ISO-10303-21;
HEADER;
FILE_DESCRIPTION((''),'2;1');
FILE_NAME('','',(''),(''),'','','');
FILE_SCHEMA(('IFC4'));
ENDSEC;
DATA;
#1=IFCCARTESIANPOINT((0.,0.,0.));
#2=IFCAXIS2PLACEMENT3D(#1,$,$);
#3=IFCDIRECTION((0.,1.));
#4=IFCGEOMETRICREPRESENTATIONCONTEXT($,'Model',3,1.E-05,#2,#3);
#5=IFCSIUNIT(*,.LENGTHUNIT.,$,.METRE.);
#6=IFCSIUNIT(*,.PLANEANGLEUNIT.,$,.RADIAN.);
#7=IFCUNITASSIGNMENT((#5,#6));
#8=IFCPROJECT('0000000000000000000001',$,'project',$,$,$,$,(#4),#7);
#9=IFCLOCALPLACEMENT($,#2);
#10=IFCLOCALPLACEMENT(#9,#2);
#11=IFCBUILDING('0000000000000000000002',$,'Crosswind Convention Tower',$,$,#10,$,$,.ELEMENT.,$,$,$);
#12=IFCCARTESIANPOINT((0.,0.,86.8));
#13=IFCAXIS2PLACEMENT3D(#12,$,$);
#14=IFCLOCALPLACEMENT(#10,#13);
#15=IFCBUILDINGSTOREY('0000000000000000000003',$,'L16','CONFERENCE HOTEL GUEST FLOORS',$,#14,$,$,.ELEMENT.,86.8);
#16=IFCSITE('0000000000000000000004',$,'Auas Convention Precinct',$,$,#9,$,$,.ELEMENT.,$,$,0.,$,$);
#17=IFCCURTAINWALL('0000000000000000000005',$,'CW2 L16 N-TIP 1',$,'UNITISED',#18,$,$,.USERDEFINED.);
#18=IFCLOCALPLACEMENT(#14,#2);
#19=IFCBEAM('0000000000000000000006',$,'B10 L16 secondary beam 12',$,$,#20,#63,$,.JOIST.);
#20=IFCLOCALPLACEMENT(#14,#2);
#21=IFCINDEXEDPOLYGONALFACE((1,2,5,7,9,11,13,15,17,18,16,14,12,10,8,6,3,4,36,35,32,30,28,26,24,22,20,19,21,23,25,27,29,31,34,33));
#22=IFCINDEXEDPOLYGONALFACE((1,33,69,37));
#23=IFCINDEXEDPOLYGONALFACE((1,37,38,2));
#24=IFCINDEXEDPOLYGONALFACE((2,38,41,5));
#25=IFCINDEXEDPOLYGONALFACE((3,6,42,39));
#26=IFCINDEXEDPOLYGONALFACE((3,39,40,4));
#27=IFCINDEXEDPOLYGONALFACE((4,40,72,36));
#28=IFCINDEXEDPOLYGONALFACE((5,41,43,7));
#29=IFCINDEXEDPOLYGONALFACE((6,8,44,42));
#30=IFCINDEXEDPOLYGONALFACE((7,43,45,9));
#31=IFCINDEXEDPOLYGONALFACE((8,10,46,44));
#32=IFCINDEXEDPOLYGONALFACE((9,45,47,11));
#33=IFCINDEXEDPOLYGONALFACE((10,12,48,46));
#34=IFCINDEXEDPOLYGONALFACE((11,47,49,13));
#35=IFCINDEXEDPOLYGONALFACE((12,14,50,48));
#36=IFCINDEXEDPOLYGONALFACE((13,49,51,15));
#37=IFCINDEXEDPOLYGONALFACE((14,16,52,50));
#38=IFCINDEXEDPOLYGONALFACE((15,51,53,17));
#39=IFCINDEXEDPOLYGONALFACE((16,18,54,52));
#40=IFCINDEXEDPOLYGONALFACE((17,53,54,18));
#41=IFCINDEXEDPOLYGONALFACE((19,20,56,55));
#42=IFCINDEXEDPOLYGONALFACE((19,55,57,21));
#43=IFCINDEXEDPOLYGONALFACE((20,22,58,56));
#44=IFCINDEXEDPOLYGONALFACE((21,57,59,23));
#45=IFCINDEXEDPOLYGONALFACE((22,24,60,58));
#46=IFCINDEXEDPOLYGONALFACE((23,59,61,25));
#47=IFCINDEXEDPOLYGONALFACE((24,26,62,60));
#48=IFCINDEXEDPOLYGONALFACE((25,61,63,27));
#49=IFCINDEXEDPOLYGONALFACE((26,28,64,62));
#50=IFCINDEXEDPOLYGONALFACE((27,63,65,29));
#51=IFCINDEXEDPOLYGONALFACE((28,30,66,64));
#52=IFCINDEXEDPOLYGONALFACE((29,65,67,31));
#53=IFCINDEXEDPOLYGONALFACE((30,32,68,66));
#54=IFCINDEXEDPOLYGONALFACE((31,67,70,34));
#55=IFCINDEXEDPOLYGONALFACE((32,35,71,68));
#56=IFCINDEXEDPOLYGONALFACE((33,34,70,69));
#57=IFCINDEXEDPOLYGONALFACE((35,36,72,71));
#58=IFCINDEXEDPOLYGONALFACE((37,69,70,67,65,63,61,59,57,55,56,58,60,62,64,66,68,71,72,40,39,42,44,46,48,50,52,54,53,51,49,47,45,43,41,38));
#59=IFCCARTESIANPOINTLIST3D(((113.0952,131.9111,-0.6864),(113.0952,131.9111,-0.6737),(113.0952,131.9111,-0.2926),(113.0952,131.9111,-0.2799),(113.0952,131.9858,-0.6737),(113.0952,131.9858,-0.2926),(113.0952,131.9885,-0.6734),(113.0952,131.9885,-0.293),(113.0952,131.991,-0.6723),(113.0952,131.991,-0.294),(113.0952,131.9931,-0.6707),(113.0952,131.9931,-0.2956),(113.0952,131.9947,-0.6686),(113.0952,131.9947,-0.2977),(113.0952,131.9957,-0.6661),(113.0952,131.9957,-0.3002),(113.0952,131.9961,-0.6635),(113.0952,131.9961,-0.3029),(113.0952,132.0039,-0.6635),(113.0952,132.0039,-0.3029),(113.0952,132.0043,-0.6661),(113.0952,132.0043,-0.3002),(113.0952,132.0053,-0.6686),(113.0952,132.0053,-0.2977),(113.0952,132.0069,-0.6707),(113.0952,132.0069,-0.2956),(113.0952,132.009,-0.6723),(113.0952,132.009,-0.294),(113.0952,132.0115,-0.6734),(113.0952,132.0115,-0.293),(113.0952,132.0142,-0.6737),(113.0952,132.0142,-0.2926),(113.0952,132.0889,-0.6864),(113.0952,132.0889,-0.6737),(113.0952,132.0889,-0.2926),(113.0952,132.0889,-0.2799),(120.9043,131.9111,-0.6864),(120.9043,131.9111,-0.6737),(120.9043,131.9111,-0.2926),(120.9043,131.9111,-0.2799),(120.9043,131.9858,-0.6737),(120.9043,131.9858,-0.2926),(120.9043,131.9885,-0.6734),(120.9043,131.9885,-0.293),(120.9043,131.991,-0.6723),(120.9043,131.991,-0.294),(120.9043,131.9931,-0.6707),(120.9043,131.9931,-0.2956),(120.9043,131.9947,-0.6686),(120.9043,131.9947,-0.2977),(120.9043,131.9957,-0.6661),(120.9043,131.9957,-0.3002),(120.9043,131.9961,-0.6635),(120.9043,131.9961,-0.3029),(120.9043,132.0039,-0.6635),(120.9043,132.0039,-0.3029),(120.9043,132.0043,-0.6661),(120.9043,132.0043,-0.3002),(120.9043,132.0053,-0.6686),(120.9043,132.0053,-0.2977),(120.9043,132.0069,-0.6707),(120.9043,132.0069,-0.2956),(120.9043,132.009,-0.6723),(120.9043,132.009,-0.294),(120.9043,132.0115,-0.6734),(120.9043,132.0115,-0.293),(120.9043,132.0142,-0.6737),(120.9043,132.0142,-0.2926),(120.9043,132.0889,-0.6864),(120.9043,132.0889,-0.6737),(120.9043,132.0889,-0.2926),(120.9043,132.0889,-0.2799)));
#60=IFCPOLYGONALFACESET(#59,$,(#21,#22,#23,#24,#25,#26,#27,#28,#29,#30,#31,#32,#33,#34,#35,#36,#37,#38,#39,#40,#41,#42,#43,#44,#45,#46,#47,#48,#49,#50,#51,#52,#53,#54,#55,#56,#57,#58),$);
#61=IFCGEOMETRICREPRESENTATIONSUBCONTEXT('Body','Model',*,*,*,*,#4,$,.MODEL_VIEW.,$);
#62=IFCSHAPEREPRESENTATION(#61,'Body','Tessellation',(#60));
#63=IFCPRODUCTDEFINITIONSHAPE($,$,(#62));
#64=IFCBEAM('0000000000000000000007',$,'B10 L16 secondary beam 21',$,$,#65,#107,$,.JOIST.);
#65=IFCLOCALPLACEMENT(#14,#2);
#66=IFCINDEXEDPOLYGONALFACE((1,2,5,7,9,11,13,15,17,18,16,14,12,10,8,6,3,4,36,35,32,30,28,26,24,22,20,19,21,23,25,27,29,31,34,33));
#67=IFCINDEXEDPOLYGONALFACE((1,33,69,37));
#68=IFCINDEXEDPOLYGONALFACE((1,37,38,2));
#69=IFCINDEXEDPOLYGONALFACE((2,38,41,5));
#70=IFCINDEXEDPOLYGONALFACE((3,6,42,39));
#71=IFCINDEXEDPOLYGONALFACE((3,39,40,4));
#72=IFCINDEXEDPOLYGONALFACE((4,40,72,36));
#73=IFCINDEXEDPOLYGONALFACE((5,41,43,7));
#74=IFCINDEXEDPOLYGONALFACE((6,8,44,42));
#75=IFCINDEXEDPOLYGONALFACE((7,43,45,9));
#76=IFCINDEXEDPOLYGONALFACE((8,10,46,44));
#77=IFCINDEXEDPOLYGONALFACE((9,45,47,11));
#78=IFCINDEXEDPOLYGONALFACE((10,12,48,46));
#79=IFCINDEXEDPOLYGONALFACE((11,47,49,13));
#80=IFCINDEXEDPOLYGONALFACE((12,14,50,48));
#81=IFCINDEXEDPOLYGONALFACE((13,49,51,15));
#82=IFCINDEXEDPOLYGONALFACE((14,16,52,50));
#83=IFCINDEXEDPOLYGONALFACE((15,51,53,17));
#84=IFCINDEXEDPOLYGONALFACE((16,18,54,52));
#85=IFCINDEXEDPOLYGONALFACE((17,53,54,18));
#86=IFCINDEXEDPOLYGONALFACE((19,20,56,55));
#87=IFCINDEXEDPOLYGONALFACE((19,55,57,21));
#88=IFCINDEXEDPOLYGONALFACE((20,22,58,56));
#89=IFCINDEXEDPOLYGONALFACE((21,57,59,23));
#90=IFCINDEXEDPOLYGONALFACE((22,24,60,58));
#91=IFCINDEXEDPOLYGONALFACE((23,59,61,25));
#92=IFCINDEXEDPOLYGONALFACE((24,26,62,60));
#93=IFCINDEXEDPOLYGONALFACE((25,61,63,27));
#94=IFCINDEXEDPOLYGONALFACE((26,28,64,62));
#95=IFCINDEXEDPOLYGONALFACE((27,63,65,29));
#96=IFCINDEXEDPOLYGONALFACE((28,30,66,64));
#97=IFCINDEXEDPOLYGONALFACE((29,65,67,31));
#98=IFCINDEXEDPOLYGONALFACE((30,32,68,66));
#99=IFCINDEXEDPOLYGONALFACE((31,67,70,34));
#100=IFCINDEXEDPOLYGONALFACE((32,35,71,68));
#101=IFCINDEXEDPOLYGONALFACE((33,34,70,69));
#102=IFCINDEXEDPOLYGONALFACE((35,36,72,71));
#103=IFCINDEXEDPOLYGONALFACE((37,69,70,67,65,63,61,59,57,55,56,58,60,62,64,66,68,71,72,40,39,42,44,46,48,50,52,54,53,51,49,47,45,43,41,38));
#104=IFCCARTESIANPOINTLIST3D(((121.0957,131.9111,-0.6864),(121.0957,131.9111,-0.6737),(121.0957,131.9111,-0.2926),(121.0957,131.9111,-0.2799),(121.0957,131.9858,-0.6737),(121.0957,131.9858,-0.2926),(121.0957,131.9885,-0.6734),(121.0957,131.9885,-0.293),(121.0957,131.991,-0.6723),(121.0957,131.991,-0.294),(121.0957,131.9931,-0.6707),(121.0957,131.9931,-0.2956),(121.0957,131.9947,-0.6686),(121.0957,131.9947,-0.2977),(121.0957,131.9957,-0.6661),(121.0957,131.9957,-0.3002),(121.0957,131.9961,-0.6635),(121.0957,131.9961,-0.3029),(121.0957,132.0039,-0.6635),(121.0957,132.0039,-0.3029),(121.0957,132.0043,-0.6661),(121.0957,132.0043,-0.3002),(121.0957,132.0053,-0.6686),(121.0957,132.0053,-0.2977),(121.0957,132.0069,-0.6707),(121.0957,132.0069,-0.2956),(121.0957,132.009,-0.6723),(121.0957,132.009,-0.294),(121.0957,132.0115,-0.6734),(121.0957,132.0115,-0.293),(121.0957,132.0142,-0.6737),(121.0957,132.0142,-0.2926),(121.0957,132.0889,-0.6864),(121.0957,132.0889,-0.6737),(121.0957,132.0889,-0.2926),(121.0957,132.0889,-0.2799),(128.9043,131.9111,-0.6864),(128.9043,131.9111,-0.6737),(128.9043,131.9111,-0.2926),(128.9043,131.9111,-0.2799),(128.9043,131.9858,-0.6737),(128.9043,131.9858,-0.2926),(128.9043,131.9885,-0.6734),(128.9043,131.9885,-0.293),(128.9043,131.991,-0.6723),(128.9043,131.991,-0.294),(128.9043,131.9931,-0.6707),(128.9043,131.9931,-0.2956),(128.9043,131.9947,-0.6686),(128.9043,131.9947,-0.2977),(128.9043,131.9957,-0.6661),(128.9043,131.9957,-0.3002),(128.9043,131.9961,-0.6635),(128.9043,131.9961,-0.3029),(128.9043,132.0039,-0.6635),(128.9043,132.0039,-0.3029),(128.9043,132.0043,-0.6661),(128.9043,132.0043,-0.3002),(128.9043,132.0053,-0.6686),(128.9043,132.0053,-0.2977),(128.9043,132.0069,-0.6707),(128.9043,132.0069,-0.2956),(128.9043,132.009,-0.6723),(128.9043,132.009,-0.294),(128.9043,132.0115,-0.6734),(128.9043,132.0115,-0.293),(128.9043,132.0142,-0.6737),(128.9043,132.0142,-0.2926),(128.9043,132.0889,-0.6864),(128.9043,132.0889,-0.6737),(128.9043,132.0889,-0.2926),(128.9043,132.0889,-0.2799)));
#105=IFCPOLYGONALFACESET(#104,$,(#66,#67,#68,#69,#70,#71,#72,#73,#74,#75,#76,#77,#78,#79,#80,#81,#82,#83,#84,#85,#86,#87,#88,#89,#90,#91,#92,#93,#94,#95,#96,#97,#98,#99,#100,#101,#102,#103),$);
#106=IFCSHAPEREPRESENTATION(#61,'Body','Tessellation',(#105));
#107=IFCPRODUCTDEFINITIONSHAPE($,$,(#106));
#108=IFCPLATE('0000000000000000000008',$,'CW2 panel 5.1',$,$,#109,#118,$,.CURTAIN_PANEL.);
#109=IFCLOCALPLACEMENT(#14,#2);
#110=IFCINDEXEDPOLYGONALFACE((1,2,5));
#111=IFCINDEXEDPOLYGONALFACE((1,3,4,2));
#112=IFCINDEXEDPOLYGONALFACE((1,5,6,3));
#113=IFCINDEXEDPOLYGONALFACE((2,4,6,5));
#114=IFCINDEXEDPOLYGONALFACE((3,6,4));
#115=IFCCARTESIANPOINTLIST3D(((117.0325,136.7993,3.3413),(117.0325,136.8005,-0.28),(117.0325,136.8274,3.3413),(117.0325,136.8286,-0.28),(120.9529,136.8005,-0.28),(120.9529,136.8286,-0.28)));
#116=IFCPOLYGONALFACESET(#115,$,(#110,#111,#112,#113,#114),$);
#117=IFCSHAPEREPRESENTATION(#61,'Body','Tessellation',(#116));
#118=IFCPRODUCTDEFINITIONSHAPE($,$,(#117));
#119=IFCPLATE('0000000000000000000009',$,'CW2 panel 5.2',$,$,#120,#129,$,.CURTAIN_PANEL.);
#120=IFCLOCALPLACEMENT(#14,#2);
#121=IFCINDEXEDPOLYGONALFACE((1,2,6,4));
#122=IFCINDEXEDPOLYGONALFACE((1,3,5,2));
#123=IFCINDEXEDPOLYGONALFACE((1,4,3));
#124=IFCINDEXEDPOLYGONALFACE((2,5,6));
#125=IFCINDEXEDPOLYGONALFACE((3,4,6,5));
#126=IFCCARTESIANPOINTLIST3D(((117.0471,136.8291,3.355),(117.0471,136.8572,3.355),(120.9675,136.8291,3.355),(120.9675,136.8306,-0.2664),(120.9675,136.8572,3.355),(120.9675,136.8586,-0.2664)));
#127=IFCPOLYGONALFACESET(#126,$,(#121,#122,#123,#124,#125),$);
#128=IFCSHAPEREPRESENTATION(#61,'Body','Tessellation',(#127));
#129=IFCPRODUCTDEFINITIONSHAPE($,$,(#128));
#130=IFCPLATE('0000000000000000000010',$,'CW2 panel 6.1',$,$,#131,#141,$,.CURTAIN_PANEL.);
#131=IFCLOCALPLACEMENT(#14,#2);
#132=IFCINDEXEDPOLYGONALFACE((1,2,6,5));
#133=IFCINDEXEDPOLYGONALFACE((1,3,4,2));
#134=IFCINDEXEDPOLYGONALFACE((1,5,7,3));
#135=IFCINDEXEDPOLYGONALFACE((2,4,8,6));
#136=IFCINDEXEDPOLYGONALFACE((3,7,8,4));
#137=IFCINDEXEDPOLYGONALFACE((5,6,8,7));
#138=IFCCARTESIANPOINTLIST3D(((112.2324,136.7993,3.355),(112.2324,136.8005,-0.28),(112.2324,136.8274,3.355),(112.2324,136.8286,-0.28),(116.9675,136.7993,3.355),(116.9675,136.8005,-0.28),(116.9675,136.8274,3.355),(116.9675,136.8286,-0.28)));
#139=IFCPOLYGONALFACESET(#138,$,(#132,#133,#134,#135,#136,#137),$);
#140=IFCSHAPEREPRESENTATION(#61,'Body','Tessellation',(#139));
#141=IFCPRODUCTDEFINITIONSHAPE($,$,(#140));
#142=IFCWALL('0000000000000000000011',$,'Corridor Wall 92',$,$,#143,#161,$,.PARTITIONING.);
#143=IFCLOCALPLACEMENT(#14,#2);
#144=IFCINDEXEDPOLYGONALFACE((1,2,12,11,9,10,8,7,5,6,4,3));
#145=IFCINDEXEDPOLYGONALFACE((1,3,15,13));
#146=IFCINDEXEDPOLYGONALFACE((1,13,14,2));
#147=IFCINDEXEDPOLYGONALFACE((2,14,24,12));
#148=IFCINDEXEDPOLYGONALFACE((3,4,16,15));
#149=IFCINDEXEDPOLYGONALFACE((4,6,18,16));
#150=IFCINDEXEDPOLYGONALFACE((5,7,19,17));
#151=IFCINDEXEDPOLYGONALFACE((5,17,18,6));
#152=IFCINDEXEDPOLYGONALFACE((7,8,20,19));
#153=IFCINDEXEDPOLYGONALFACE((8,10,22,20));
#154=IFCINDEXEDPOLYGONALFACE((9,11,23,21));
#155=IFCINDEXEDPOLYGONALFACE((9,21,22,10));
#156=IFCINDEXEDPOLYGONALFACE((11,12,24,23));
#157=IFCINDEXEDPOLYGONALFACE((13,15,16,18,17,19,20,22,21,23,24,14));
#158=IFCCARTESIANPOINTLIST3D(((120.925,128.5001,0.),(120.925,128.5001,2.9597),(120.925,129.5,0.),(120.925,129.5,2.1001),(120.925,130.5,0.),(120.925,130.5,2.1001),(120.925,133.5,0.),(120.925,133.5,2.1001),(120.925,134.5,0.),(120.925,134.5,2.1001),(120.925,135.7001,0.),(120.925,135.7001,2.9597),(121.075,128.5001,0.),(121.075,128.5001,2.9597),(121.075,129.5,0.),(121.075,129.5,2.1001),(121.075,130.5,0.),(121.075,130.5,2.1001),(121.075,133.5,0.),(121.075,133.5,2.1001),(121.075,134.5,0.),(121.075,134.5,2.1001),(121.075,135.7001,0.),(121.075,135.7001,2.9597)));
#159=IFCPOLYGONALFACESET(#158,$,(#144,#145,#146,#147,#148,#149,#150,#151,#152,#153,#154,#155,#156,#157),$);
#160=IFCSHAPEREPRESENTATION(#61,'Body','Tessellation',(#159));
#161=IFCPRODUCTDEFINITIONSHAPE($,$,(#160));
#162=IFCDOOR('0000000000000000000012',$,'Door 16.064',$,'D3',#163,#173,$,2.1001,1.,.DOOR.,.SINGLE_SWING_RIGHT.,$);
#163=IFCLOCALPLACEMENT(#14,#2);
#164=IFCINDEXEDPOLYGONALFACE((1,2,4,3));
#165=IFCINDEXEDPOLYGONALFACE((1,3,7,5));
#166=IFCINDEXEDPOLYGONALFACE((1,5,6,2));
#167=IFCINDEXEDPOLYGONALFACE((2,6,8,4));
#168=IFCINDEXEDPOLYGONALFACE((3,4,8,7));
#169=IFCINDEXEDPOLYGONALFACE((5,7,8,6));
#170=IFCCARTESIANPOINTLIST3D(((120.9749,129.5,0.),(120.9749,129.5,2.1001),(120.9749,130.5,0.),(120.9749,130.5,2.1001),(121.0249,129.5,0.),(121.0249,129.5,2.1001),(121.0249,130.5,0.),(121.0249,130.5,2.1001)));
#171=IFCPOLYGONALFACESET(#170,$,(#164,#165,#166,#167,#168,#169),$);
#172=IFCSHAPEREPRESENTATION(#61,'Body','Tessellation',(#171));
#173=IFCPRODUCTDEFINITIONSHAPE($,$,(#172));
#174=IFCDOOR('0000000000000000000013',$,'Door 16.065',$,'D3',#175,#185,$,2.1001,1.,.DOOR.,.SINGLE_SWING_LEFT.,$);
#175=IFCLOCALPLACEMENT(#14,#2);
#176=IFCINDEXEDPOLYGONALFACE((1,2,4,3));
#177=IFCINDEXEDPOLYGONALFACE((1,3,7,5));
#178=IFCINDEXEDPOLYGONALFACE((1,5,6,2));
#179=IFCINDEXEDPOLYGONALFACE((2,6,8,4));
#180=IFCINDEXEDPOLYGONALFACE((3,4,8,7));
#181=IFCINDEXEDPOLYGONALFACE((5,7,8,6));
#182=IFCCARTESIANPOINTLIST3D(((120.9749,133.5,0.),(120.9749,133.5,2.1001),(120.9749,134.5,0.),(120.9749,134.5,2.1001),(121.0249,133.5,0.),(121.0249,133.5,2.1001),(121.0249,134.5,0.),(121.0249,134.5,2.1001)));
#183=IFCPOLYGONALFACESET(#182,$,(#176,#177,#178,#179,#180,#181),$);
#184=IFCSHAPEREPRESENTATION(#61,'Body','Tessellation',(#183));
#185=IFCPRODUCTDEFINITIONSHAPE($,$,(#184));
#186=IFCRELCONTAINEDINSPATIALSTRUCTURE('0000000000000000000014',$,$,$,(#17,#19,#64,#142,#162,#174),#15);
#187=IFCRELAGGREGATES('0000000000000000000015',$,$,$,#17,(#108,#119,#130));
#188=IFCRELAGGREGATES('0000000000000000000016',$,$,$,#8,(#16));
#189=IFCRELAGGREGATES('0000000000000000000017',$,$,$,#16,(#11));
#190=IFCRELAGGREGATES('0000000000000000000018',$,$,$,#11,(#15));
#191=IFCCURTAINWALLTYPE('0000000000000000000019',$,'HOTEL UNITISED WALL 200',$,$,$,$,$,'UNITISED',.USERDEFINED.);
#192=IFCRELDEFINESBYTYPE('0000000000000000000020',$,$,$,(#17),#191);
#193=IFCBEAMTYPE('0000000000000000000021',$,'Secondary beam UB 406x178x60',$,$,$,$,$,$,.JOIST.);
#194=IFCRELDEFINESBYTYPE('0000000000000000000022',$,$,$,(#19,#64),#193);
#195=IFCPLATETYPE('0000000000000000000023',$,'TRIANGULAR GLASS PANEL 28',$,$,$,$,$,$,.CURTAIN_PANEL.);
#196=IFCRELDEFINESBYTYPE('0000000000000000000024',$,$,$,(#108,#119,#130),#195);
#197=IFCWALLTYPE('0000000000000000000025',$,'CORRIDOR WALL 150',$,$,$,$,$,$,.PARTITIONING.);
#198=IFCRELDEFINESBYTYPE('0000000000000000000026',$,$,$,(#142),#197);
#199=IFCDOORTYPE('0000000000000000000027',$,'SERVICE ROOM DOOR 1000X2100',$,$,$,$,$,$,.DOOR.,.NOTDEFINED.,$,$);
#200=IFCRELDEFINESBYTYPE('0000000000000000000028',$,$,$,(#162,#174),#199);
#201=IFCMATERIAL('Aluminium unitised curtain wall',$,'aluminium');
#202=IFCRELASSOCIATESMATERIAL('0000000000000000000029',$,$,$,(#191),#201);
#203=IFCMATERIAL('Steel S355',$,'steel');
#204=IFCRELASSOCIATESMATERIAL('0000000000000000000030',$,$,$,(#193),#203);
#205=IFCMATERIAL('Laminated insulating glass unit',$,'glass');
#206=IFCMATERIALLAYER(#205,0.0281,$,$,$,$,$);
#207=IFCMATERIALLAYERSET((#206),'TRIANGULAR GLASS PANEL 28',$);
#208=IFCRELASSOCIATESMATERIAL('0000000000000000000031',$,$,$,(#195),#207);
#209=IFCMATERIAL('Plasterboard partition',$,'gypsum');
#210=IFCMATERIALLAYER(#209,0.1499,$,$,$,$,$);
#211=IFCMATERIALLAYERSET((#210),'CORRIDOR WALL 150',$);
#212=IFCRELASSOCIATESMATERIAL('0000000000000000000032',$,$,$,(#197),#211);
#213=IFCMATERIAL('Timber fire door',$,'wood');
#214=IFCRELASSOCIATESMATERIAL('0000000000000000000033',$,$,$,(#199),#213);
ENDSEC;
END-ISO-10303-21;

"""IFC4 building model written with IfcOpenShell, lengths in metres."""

from ifc_helpers import new_model, si_unit, direction, frame, frame_2d, origin, origin_2d, place, context, subcontext, project, spatial, polyline, rectangle, i_section, outline, extrude, material, layer, layer_set, material_profile, profile_set, type_object, element, fill, aggregate, save


model = new_model("IFC4")

# Units and contexts
model_context = context("Model", 3, precision=1e-05, world=origin(), true_north=direction((0.0, 1.0)))
body_context = subcontext(model_context, "Body", "Model", "MODEL_VIEW")
ifc_project = project(units=[si_unit("LENGTHUNIT", "METRE"), si_unit("PLANEANGLEUNIT", "RADIAN")], contexts=[model_context])

# Site, building, storey
site_placement = place(None, origin())
site = spatial("IfcSite", under=ifc_project, at=site_placement, Name="Auas Convention Precinct", CompositionType="ELEMENT", RefElevation=0.0)
building_placement = place(site_placement, origin())
building = spatial("IfcBuilding", under=site, at=building_placement, Name="Crosswind Convention Tower", CompositionType="ELEMENT")
storey_placement = place(building_placement, frame((0.0, 0.0, 86.8)))
storey = spatial("IfcBuildingStorey", under=building, at=storey_placement, Name="L16", Description="CONFERENCE HOTEL GUEST FLOORS", CompositionType="ELEMENT", Elevation=86.8)

# Shared definitions
ifc_material_1 = material(Name="Steel S355", Category="steel")

# Curtain wall
ifc_material_2 = material(Name="Aluminium unitised curtain wall", Category="aluminium")
curtain_wall_type = type_object("IfcCurtainWallType", Name="HOTEL UNITISED WALL 200", ElementType="UNITISED", PredefinedType="USERDEFINED", material=ifc_material_2)
curtain_wall_placement = place(storey_placement, origin())
curtain_wall = element("IfcCurtainWall", 1, at=curtain_wall_placement, inside=storey, type_object=curtain_wall_type, Name="CW2 L16 N-TIP 1", ObjectType="UNITISED", PredefinedType="USERDEFINED")

# Beams
ifc_material_profile_1 = material_profile(ifc_material_1, i_section(OverallWidth=0.1777, OverallDepth=0.4065, WebThickness=0.0078, FlangeThickness=0.0127, FilletRadius=0.0103, at=origin_2d()), Name="UB 406x178x60")
ifc_profile_set_1 = profile_set([ifc_material_profile_1], Name="Steel S355")
beam_type_1 = type_object("IfcBeamType", Name="Secondary beam UB 406x178x60", PredefinedType="JOIST", material=ifc_profile_set_1)
beam_1_placement = place(storey_placement, frame((113.0952, 132.0, -0.4832), z_axis=(1.0, 0.0, 0.0), x_axis=(0.0, 1.0, 0.0)))
element("IfcBeam", 2, at=beam_1_placement, inside=storey, type_object=beam_type_1, Name="B10 L16 secondary beam 12", PredefinedType="JOIST", context=body_context, shape_type="SweptSolid", body=[
    extrude(i_section(OverallWidth=0.1777, OverallDepth=0.4065, WebThickness=0.0078, FlangeThickness=0.0127, FilletRadius=0.0103, at=origin_2d()), origin(), (0.0, 0.0, 1.0), 7.8091),
])
beam_2_placement = place(storey_placement, frame((121.0957, 132.0, -0.4832), z_axis=(1.0, 0.0, 0.0), x_axis=(0.0, 1.0, 0.0)))
element("IfcBeam", 3, at=beam_2_placement, inside=storey, type_object=beam_type_1, Name="B10 L16 secondary beam 21", PredefinedType="JOIST", context=body_context, shape_type="SweptSolid", body=[
    extrude(i_section(OverallWidth=0.1777, OverallDepth=0.4065, WebThickness=0.0078, FlangeThickness=0.0127, FilletRadius=0.0103, at=origin_2d()), origin(), (0.0, 0.0, 1.0), 7.8086),
])

# Plates
ifc_material_3 = material(Name="Laminated insulating glass unit", Category="glass")
ifc_layer_1 = layer(ifc_material_3, 0.0281)
ifc_layer_set_1 = layer_set([ifc_layer_1], Name="TRIANGULAR GLASS PANEL 28")
plate_type = type_object("IfcPlateType", Name="TRIANGULAR GLASS PANEL 28", PredefinedType="CURTAIN_PANEL", material=ifc_layer_set_1)
plate_1_placement = place(storey_placement, frame((117.0325, 136.8286, -0.28), z_axis=(0.0, 1.0, 0.000337), x_axis=(0.0, -0.000337, 1.0)))
plate_1 = element("IfcPlate", 4, at=plate_1_placement, type_object=plate_type, Name="CW2 panel 5.1", PredefinedType="CURTAIN_PANEL", context=body_context, shape_type="SweptSolid", body=[
    extrude(outline(polyline([(0.0, 0.0), (3.6213, 0.0), (0.0, 3.9204), (0.0, 0.0)])), origin(), (0.0, 0.0, -1.0), 0.0281),
])
plate_2_placement = place(storey_placement, frame((120.9675, 136.8572, 3.355), z_axis=(0.0, 1.0, 0.000405), x_axis=(0.0, 0.000405, -1.0)))
plate_2 = element("IfcPlate", 5, at=plate_2_placement, type_object=plate_type, Name="CW2 panel 5.2", PredefinedType="CURTAIN_PANEL", context=body_context, shape_type="SweptSolid", body=[
    extrude(outline(polyline([(0.0, 0.0), (3.6213, 0.0), (0.0, 3.9204), (0.0, 0.0)])), origin(), (0.0, 0.0, -1.0), 0.0281),
])
plate_3_placement = place(storey_placement, frame((116.9675, 136.8286, -0.28), z_axis=(0.0, 1.0, 0.000336), x_axis=(-1.0, 0.0, 0.0)))
plate_3 = element("IfcPlate", 6, at=plate_3_placement, type_object=plate_type, Name="CW2 panel 6.1", PredefinedType="CURTAIN_PANEL", context=body_context, shape_type="SweptSolid", body=[
    extrude(outline(polyline([(0.0, 0.0), (4.7351, 0.0), (4.7351, 3.635), (0.0, 3.635), (0.0, 0.0)])), origin(), (0.0, 0.0, -1.0), 0.0281),
])
aggregate(curtain_wall, [plate_1, plate_2, plate_3])

# Wall, openings, doors
ifc_material_4 = material(Name="Plasterboard partition", Category="gypsum")
ifc_layer_2 = layer(ifc_material_4, 0.1499)
ifc_layer_set_2 = layer_set([ifc_layer_2], Name="CORRIDOR WALL 150")
wall_type_1 = type_object("IfcWallType", Name="CORRIDOR WALL 150", PredefinedType="PARTITIONING", material=ifc_layer_set_2)
wall_1_placement = place(storey_placement, frame((121.0, 128.5, 0.0), z_axis=(0.0, 0.0, 1.0), x_axis=(0.0, 1.0, 0.0)))
wall_1 = element("IfcWall", 7, at=wall_1_placement, inside=storey, type_object=wall_type_1, Name="Corridor Wall 92", PredefinedType="PARTITIONING", context=body_context, shape_type="SweptSolid", body=[
    extrude(rectangle(XDim=7.2, YDim=0.1499, at=frame_2d((3.6001, 0.0))), origin(), (0.0, 0.0, 1.0), 2.9597),
])
opening_1_placement = place(wall_1_placement, frame((1.0, 0.0, 0.0)))
opening_1 = element("IfcOpeningElement", 8, at=opening_1_placement, cuts=wall_1, PredefinedType="OPENING", context=body_context, shape_type="SweptSolid", body=[
    extrude(rectangle(XDim=1.0, YDim=2.1001, at=frame_2d((0.5, 1.05))), frame((0.0, 0.085, 0.0), z_axis=(0.0, -1.0, 0.0), x_axis=(1.0, 0.0, 0.0)), (0.0, 0.0, 1.0), 0.1699),
])
opening_2_placement = place(wall_1_placement, frame((5.0, 0.0, 0.0)))
opening_2 = element("IfcOpeningElement", 9, at=opening_2_placement, cuts=wall_1, PredefinedType="OPENING", context=body_context, shape_type="SweptSolid", body=[
    extrude(rectangle(XDim=1.0, YDim=2.1001, at=frame_2d((0.5, 1.05))), frame((0.0, 0.085, 0.0), z_axis=(0.0, -1.0, 0.0), x_axis=(1.0, 0.0, 0.0)), (0.0, 0.0, 1.0), 0.1699),
])
ifc_material_5 = material(Name="Timber fire door", Category="wood")
door_type_1 = type_object("IfcDoorType", Name="SERVICE ROOM DOOR 1000X2100", OperationType="NOTDEFINED", PredefinedType="DOOR", material=ifc_material_5)
door_1_placement = place(opening_1_placement, frame((1.0, 0.0, 0.0), z_axis=(0.0, 0.0, 1.0), x_axis=(-1.0, 0.0, 0.0)))
door_1 = element("IfcDoor", 10, at=door_1_placement, inside=storey, type_object=door_type_1, Name="Door 16.064", ObjectType="D3", OperationType="SINGLE_SWING_RIGHT", OverallHeight=2.1001, OverallWidth=1.0, PredefinedType="DOOR", context=body_context, shape_type="SweptSolid", body=[
    extrude(rectangle(XDim=1.0, YDim=2.1001, at=frame_2d((0.5, 1.05))), frame((0.0, 0.0249, 0.0), z_axis=(0.0, -1.0, 0.0), x_axis=(1.0, 0.0, 0.0)), (0.0, 0.0, 1.0), 0.05),
])
fill(opening_1, door_1)
door_2_placement = place(opening_2_placement, frame((1.0, 0.0, 0.0), z_axis=(0.0, 0.0, 1.0), x_axis=(-1.0, 0.0, 0.0)))
door_2 = element("IfcDoor", 11, at=door_2_placement, inside=storey, type_object=door_type_1, Name="Door 16.065", ObjectType="D3", OperationType="SINGLE_SWING_LEFT", OverallHeight=2.1001, OverallWidth=1.0, PredefinedType="DOOR", context=body_context, shape_type="SweptSolid", body=[
    extrude(rectangle(XDim=1.0, YDim=2.1001, at=frame_2d((0.5, 1.05))), frame((0.0, 0.0249, 0.0), z_axis=(0.0, -1.0, 0.0), x_axis=(1.0, 0.0, 0.0)), (0.0, 0.0, 1.0), 0.05),
])
fill(opening_2, door_2)

save(model, "model.ifc")
